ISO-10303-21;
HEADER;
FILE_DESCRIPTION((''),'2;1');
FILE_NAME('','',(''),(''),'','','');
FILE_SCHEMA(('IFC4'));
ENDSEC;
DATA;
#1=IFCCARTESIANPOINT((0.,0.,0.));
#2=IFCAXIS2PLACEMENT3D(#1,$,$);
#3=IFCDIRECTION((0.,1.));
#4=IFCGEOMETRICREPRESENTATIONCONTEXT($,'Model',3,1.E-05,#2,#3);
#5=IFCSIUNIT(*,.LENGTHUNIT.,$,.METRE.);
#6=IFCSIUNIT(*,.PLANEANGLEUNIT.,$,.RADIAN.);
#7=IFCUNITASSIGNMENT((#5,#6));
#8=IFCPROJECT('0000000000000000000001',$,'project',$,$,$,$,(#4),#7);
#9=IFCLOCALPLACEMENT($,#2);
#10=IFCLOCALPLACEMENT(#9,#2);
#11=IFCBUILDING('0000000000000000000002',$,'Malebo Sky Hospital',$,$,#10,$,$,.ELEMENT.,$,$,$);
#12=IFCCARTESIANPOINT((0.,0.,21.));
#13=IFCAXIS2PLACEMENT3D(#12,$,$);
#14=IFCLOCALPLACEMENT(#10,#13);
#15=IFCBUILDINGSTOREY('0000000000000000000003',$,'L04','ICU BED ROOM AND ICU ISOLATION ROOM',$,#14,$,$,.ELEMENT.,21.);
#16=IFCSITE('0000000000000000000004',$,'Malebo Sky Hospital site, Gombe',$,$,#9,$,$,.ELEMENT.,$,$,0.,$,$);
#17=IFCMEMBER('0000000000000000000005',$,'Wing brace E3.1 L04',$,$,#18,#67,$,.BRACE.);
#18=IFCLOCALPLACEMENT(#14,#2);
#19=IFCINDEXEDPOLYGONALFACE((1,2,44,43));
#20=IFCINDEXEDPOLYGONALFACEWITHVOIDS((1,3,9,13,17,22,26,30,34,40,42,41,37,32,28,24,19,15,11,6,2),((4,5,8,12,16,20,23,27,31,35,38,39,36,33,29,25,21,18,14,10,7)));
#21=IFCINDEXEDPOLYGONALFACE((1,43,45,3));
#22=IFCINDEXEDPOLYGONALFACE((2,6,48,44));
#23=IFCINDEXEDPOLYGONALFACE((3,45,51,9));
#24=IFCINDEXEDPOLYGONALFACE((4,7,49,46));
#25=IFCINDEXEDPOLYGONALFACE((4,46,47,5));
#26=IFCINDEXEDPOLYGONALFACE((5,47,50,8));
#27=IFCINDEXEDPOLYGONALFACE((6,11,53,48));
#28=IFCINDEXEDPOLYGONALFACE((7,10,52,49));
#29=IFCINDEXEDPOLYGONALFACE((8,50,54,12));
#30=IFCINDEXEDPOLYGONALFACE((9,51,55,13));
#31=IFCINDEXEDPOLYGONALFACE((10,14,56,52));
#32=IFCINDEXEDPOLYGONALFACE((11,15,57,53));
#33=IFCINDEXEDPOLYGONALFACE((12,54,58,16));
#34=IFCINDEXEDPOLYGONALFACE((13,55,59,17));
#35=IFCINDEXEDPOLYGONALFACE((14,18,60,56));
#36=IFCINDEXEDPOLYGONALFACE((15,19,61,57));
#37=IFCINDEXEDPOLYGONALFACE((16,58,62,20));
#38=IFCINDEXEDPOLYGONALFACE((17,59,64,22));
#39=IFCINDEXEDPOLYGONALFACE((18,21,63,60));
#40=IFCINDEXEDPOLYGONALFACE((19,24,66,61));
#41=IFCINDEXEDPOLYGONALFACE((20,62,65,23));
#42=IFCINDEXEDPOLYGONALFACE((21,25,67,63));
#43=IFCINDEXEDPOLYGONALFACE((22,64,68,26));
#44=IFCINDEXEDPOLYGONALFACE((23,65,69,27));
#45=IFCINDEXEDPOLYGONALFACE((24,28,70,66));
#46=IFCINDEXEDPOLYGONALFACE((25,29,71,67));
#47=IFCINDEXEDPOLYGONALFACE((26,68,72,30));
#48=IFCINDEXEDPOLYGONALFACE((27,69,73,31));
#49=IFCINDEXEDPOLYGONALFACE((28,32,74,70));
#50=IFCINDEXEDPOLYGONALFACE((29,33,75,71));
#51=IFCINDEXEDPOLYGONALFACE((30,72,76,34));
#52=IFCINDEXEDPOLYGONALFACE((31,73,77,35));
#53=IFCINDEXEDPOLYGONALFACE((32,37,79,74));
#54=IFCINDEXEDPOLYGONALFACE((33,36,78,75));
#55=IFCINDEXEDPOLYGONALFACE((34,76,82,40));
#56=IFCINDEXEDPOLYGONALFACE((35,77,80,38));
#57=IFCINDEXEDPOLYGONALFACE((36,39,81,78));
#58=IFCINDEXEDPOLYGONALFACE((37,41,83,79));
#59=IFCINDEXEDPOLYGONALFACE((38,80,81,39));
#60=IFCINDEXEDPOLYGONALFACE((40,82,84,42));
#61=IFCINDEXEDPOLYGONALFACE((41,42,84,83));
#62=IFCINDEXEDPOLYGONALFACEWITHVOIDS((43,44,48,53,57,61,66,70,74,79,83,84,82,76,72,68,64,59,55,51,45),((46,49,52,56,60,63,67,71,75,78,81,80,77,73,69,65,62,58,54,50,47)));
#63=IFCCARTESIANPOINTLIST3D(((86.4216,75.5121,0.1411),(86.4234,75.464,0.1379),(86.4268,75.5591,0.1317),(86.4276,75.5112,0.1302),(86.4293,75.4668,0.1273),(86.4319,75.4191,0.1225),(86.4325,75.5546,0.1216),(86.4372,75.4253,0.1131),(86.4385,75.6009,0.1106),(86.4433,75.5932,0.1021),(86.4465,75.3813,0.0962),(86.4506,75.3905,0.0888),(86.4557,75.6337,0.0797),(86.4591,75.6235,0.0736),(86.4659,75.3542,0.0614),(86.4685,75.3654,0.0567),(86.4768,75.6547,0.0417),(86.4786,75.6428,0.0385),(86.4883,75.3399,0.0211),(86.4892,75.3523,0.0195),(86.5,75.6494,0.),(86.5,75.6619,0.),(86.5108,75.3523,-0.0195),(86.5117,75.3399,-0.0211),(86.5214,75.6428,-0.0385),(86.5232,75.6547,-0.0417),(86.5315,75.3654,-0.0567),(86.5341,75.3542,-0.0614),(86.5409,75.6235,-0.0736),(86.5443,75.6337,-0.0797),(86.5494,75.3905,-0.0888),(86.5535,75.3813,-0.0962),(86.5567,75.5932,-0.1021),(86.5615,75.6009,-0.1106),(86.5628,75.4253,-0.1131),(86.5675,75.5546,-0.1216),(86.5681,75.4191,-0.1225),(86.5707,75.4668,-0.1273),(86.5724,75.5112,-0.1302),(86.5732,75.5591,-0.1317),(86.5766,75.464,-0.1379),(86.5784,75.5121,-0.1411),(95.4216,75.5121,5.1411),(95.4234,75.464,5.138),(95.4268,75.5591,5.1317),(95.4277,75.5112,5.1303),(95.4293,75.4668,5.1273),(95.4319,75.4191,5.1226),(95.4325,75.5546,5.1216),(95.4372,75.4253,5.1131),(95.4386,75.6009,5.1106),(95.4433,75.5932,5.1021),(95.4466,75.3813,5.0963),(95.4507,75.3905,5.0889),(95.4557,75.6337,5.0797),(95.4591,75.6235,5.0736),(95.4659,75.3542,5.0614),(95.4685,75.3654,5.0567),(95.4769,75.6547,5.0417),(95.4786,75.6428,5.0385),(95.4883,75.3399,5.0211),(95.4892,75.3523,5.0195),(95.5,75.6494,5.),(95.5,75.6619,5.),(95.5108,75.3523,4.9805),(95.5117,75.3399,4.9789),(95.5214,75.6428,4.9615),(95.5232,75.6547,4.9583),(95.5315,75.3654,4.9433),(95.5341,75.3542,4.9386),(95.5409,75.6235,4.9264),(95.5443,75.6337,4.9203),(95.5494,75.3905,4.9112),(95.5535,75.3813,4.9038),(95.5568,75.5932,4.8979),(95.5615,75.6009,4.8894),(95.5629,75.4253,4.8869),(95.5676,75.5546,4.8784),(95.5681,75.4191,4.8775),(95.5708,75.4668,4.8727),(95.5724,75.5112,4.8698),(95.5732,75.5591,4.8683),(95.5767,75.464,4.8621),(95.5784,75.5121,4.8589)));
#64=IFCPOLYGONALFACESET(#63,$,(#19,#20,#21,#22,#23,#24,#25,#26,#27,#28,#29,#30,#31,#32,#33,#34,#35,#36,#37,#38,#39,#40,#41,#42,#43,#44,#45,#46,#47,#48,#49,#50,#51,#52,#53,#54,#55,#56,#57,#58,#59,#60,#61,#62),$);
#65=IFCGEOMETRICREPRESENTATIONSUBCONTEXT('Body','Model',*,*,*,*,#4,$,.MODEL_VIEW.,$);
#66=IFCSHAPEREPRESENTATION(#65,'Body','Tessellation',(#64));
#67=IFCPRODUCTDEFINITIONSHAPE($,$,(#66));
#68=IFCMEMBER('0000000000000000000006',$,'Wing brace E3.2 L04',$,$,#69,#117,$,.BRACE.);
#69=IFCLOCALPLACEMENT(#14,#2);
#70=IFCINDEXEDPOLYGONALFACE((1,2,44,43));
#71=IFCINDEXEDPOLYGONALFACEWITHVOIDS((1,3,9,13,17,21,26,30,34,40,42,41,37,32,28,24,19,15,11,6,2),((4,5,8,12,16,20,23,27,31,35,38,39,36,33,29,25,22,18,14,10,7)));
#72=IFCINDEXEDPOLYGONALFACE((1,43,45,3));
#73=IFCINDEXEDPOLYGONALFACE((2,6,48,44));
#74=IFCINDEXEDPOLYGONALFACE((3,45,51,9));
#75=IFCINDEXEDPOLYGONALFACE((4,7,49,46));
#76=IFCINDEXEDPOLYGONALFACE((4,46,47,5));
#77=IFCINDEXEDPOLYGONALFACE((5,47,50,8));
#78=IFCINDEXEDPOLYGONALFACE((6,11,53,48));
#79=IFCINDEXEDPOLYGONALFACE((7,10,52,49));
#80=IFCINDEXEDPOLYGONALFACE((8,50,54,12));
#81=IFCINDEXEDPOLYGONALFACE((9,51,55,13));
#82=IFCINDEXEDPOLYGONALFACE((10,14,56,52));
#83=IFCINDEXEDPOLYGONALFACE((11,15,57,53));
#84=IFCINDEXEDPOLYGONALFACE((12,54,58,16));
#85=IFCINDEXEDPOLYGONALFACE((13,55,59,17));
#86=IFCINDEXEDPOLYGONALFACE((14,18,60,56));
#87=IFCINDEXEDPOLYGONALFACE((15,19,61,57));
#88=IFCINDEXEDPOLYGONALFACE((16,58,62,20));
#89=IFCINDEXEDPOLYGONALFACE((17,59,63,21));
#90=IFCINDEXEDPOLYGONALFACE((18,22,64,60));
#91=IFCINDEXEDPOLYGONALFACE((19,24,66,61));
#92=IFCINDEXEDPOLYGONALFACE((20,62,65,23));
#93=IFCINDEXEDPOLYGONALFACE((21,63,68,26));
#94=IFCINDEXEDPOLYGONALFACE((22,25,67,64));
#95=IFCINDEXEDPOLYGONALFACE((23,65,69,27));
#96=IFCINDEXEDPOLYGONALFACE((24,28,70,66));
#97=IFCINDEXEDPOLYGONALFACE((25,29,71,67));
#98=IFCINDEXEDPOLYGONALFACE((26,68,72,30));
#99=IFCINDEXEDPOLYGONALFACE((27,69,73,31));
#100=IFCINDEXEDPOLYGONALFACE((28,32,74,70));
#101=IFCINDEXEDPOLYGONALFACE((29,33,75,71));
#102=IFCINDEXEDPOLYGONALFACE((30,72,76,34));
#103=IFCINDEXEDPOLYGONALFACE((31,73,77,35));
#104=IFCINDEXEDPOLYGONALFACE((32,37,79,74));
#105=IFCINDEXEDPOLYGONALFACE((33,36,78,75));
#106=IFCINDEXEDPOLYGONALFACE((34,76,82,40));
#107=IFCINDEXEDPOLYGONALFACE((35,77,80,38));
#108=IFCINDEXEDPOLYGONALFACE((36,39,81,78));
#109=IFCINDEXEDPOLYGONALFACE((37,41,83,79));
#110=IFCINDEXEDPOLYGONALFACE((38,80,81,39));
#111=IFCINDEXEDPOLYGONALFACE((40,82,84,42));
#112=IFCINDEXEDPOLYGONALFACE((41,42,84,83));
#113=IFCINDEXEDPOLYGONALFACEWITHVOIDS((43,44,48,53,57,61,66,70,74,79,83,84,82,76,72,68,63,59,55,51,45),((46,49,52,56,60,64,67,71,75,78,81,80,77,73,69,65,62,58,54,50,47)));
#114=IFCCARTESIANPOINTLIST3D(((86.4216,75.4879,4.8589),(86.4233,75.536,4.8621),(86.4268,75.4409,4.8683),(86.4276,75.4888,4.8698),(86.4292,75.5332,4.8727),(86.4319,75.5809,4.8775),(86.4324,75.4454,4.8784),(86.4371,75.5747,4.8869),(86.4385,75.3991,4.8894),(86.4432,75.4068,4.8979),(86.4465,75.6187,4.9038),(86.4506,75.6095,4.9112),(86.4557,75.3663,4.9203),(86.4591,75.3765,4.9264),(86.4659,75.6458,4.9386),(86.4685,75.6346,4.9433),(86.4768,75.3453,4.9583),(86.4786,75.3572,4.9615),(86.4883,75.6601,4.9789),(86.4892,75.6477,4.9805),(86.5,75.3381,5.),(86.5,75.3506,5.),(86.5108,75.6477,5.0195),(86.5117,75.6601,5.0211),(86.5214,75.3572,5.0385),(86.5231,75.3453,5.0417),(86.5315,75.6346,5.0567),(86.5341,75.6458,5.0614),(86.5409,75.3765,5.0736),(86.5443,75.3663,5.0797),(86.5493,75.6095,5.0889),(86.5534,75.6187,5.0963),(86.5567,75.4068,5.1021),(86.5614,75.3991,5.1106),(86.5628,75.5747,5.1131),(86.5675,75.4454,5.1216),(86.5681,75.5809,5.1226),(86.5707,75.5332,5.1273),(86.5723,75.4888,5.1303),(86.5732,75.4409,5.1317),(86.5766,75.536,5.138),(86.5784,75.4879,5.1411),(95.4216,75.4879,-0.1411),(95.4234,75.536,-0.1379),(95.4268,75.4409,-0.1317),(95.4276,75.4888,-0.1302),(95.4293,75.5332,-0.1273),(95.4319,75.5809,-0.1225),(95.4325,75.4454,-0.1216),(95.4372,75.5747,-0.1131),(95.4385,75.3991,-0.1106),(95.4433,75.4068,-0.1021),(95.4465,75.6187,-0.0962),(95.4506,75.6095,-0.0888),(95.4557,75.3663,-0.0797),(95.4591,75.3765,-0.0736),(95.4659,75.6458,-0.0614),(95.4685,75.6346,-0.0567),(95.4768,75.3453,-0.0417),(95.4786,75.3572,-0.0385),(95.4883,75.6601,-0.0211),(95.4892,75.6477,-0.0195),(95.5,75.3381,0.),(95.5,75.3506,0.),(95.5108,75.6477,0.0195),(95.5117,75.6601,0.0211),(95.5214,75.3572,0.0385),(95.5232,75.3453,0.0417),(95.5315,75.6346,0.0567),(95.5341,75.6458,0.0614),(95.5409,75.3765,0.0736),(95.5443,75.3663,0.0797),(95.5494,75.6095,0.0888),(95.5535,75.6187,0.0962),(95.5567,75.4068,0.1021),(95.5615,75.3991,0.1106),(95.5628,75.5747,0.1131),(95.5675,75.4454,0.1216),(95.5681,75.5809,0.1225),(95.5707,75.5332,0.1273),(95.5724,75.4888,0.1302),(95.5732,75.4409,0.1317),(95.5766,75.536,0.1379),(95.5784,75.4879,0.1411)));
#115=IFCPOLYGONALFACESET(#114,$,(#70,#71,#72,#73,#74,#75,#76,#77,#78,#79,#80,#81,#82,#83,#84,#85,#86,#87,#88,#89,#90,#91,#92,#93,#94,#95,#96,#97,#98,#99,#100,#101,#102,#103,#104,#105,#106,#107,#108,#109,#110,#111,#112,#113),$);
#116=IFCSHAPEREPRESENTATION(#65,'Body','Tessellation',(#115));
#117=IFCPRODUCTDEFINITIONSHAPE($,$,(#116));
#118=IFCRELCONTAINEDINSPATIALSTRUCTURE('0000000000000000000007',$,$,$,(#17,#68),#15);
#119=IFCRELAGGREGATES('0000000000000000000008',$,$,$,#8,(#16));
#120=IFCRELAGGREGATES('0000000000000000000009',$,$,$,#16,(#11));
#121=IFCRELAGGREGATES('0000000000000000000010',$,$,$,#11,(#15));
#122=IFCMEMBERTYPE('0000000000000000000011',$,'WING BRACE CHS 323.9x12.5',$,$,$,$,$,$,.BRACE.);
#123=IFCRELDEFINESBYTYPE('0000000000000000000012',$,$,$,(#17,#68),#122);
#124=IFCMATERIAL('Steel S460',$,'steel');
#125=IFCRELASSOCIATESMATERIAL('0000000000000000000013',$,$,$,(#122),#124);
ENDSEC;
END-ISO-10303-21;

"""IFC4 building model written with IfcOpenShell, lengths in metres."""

from ifc_helpers import new_model, si_unit, direction, frame, origin, origin_2d, place, context, subcontext, project, spatial, hollow_circle, extrude, material, material_profile, profile_set, type_object, element, save


model = new_model("IFC4")

# Units and contexts
model_context = context("Model", 3, precision=1e-05, world=origin(), true_north=direction((0.0, 1.0)))
body_context = subcontext(model_context, "Body", "Model", "MODEL_VIEW")
ifc_project = project(units=[si_unit("LENGTHUNIT", "METRE"), si_unit("PLANEANGLEUNIT", "RADIAN")], contexts=[model_context])

# Site, building, storey
site_placement = place(None, origin())
site = spatial("IfcSite", under=ifc_project, at=site_placement, Name="Malebo Sky Hospital site, Gombe", CompositionType="ELEMENT", RefElevation=0.0)
building_placement = place(site_placement, origin())
building = spatial("IfcBuilding", under=site, at=building_placement, Name="Malebo Sky Hospital", CompositionType="ELEMENT")
storey_placement = place(building_placement, frame((0.0, 0.0, 21.0)))
storey = spatial("IfcBuildingStorey", under=building, at=storey_placement, Name="L04", Description="ICU BED ROOM AND ICU ISOLATION ROOM", CompositionType="ELEMENT", Elevation=21.0)

# Members
ifc_material_1 = material(Name="Steel S460", Category="steel")
ifc_material_profile_1 = material_profile(ifc_material_1, hollow_circle(Radius=0.1619, WallThickness=0.0125, at=origin_2d()), Name="CHS 323.9x12.5")
ifc_profile_set_1 = profile_set([ifc_material_profile_1], Name="Steel S460")
member_type = type_object("IfcMemberType", Name="WING BRACE CHS 323.9x12.5", PredefinedType="BRACE", material=ifc_profile_set_1)
for number, where, z_axis, x_axis, name in (
    (1, (86.5, 75.5, 0.0), (0.874157, 0.0, 0.485643), (0.0, 1.0, 0.0), "Wing brace E3.1 L04"),
    (2, (95.5, 75.5, 0.0), (-0.874157, 0.0, 0.485643), (0.0, -1.0, 0.0), "Wing brace E3.2 L04"),
):
    element("IfcMember", number, at=place(storey_placement, frame(where, z_axis=z_axis, x_axis=x_axis)), inside=storey, type_object=member_type, Name=name, PredefinedType="BRACE", context=body_context, shape_type="SweptSolid", body=[
        extrude(hollow_circle(Radius=0.1619, WallThickness=0.0125, at=origin_2d()), origin(), (0.0, 0.0, 1.0), 10.2957),
    ])

save(model, "model.ifc")
